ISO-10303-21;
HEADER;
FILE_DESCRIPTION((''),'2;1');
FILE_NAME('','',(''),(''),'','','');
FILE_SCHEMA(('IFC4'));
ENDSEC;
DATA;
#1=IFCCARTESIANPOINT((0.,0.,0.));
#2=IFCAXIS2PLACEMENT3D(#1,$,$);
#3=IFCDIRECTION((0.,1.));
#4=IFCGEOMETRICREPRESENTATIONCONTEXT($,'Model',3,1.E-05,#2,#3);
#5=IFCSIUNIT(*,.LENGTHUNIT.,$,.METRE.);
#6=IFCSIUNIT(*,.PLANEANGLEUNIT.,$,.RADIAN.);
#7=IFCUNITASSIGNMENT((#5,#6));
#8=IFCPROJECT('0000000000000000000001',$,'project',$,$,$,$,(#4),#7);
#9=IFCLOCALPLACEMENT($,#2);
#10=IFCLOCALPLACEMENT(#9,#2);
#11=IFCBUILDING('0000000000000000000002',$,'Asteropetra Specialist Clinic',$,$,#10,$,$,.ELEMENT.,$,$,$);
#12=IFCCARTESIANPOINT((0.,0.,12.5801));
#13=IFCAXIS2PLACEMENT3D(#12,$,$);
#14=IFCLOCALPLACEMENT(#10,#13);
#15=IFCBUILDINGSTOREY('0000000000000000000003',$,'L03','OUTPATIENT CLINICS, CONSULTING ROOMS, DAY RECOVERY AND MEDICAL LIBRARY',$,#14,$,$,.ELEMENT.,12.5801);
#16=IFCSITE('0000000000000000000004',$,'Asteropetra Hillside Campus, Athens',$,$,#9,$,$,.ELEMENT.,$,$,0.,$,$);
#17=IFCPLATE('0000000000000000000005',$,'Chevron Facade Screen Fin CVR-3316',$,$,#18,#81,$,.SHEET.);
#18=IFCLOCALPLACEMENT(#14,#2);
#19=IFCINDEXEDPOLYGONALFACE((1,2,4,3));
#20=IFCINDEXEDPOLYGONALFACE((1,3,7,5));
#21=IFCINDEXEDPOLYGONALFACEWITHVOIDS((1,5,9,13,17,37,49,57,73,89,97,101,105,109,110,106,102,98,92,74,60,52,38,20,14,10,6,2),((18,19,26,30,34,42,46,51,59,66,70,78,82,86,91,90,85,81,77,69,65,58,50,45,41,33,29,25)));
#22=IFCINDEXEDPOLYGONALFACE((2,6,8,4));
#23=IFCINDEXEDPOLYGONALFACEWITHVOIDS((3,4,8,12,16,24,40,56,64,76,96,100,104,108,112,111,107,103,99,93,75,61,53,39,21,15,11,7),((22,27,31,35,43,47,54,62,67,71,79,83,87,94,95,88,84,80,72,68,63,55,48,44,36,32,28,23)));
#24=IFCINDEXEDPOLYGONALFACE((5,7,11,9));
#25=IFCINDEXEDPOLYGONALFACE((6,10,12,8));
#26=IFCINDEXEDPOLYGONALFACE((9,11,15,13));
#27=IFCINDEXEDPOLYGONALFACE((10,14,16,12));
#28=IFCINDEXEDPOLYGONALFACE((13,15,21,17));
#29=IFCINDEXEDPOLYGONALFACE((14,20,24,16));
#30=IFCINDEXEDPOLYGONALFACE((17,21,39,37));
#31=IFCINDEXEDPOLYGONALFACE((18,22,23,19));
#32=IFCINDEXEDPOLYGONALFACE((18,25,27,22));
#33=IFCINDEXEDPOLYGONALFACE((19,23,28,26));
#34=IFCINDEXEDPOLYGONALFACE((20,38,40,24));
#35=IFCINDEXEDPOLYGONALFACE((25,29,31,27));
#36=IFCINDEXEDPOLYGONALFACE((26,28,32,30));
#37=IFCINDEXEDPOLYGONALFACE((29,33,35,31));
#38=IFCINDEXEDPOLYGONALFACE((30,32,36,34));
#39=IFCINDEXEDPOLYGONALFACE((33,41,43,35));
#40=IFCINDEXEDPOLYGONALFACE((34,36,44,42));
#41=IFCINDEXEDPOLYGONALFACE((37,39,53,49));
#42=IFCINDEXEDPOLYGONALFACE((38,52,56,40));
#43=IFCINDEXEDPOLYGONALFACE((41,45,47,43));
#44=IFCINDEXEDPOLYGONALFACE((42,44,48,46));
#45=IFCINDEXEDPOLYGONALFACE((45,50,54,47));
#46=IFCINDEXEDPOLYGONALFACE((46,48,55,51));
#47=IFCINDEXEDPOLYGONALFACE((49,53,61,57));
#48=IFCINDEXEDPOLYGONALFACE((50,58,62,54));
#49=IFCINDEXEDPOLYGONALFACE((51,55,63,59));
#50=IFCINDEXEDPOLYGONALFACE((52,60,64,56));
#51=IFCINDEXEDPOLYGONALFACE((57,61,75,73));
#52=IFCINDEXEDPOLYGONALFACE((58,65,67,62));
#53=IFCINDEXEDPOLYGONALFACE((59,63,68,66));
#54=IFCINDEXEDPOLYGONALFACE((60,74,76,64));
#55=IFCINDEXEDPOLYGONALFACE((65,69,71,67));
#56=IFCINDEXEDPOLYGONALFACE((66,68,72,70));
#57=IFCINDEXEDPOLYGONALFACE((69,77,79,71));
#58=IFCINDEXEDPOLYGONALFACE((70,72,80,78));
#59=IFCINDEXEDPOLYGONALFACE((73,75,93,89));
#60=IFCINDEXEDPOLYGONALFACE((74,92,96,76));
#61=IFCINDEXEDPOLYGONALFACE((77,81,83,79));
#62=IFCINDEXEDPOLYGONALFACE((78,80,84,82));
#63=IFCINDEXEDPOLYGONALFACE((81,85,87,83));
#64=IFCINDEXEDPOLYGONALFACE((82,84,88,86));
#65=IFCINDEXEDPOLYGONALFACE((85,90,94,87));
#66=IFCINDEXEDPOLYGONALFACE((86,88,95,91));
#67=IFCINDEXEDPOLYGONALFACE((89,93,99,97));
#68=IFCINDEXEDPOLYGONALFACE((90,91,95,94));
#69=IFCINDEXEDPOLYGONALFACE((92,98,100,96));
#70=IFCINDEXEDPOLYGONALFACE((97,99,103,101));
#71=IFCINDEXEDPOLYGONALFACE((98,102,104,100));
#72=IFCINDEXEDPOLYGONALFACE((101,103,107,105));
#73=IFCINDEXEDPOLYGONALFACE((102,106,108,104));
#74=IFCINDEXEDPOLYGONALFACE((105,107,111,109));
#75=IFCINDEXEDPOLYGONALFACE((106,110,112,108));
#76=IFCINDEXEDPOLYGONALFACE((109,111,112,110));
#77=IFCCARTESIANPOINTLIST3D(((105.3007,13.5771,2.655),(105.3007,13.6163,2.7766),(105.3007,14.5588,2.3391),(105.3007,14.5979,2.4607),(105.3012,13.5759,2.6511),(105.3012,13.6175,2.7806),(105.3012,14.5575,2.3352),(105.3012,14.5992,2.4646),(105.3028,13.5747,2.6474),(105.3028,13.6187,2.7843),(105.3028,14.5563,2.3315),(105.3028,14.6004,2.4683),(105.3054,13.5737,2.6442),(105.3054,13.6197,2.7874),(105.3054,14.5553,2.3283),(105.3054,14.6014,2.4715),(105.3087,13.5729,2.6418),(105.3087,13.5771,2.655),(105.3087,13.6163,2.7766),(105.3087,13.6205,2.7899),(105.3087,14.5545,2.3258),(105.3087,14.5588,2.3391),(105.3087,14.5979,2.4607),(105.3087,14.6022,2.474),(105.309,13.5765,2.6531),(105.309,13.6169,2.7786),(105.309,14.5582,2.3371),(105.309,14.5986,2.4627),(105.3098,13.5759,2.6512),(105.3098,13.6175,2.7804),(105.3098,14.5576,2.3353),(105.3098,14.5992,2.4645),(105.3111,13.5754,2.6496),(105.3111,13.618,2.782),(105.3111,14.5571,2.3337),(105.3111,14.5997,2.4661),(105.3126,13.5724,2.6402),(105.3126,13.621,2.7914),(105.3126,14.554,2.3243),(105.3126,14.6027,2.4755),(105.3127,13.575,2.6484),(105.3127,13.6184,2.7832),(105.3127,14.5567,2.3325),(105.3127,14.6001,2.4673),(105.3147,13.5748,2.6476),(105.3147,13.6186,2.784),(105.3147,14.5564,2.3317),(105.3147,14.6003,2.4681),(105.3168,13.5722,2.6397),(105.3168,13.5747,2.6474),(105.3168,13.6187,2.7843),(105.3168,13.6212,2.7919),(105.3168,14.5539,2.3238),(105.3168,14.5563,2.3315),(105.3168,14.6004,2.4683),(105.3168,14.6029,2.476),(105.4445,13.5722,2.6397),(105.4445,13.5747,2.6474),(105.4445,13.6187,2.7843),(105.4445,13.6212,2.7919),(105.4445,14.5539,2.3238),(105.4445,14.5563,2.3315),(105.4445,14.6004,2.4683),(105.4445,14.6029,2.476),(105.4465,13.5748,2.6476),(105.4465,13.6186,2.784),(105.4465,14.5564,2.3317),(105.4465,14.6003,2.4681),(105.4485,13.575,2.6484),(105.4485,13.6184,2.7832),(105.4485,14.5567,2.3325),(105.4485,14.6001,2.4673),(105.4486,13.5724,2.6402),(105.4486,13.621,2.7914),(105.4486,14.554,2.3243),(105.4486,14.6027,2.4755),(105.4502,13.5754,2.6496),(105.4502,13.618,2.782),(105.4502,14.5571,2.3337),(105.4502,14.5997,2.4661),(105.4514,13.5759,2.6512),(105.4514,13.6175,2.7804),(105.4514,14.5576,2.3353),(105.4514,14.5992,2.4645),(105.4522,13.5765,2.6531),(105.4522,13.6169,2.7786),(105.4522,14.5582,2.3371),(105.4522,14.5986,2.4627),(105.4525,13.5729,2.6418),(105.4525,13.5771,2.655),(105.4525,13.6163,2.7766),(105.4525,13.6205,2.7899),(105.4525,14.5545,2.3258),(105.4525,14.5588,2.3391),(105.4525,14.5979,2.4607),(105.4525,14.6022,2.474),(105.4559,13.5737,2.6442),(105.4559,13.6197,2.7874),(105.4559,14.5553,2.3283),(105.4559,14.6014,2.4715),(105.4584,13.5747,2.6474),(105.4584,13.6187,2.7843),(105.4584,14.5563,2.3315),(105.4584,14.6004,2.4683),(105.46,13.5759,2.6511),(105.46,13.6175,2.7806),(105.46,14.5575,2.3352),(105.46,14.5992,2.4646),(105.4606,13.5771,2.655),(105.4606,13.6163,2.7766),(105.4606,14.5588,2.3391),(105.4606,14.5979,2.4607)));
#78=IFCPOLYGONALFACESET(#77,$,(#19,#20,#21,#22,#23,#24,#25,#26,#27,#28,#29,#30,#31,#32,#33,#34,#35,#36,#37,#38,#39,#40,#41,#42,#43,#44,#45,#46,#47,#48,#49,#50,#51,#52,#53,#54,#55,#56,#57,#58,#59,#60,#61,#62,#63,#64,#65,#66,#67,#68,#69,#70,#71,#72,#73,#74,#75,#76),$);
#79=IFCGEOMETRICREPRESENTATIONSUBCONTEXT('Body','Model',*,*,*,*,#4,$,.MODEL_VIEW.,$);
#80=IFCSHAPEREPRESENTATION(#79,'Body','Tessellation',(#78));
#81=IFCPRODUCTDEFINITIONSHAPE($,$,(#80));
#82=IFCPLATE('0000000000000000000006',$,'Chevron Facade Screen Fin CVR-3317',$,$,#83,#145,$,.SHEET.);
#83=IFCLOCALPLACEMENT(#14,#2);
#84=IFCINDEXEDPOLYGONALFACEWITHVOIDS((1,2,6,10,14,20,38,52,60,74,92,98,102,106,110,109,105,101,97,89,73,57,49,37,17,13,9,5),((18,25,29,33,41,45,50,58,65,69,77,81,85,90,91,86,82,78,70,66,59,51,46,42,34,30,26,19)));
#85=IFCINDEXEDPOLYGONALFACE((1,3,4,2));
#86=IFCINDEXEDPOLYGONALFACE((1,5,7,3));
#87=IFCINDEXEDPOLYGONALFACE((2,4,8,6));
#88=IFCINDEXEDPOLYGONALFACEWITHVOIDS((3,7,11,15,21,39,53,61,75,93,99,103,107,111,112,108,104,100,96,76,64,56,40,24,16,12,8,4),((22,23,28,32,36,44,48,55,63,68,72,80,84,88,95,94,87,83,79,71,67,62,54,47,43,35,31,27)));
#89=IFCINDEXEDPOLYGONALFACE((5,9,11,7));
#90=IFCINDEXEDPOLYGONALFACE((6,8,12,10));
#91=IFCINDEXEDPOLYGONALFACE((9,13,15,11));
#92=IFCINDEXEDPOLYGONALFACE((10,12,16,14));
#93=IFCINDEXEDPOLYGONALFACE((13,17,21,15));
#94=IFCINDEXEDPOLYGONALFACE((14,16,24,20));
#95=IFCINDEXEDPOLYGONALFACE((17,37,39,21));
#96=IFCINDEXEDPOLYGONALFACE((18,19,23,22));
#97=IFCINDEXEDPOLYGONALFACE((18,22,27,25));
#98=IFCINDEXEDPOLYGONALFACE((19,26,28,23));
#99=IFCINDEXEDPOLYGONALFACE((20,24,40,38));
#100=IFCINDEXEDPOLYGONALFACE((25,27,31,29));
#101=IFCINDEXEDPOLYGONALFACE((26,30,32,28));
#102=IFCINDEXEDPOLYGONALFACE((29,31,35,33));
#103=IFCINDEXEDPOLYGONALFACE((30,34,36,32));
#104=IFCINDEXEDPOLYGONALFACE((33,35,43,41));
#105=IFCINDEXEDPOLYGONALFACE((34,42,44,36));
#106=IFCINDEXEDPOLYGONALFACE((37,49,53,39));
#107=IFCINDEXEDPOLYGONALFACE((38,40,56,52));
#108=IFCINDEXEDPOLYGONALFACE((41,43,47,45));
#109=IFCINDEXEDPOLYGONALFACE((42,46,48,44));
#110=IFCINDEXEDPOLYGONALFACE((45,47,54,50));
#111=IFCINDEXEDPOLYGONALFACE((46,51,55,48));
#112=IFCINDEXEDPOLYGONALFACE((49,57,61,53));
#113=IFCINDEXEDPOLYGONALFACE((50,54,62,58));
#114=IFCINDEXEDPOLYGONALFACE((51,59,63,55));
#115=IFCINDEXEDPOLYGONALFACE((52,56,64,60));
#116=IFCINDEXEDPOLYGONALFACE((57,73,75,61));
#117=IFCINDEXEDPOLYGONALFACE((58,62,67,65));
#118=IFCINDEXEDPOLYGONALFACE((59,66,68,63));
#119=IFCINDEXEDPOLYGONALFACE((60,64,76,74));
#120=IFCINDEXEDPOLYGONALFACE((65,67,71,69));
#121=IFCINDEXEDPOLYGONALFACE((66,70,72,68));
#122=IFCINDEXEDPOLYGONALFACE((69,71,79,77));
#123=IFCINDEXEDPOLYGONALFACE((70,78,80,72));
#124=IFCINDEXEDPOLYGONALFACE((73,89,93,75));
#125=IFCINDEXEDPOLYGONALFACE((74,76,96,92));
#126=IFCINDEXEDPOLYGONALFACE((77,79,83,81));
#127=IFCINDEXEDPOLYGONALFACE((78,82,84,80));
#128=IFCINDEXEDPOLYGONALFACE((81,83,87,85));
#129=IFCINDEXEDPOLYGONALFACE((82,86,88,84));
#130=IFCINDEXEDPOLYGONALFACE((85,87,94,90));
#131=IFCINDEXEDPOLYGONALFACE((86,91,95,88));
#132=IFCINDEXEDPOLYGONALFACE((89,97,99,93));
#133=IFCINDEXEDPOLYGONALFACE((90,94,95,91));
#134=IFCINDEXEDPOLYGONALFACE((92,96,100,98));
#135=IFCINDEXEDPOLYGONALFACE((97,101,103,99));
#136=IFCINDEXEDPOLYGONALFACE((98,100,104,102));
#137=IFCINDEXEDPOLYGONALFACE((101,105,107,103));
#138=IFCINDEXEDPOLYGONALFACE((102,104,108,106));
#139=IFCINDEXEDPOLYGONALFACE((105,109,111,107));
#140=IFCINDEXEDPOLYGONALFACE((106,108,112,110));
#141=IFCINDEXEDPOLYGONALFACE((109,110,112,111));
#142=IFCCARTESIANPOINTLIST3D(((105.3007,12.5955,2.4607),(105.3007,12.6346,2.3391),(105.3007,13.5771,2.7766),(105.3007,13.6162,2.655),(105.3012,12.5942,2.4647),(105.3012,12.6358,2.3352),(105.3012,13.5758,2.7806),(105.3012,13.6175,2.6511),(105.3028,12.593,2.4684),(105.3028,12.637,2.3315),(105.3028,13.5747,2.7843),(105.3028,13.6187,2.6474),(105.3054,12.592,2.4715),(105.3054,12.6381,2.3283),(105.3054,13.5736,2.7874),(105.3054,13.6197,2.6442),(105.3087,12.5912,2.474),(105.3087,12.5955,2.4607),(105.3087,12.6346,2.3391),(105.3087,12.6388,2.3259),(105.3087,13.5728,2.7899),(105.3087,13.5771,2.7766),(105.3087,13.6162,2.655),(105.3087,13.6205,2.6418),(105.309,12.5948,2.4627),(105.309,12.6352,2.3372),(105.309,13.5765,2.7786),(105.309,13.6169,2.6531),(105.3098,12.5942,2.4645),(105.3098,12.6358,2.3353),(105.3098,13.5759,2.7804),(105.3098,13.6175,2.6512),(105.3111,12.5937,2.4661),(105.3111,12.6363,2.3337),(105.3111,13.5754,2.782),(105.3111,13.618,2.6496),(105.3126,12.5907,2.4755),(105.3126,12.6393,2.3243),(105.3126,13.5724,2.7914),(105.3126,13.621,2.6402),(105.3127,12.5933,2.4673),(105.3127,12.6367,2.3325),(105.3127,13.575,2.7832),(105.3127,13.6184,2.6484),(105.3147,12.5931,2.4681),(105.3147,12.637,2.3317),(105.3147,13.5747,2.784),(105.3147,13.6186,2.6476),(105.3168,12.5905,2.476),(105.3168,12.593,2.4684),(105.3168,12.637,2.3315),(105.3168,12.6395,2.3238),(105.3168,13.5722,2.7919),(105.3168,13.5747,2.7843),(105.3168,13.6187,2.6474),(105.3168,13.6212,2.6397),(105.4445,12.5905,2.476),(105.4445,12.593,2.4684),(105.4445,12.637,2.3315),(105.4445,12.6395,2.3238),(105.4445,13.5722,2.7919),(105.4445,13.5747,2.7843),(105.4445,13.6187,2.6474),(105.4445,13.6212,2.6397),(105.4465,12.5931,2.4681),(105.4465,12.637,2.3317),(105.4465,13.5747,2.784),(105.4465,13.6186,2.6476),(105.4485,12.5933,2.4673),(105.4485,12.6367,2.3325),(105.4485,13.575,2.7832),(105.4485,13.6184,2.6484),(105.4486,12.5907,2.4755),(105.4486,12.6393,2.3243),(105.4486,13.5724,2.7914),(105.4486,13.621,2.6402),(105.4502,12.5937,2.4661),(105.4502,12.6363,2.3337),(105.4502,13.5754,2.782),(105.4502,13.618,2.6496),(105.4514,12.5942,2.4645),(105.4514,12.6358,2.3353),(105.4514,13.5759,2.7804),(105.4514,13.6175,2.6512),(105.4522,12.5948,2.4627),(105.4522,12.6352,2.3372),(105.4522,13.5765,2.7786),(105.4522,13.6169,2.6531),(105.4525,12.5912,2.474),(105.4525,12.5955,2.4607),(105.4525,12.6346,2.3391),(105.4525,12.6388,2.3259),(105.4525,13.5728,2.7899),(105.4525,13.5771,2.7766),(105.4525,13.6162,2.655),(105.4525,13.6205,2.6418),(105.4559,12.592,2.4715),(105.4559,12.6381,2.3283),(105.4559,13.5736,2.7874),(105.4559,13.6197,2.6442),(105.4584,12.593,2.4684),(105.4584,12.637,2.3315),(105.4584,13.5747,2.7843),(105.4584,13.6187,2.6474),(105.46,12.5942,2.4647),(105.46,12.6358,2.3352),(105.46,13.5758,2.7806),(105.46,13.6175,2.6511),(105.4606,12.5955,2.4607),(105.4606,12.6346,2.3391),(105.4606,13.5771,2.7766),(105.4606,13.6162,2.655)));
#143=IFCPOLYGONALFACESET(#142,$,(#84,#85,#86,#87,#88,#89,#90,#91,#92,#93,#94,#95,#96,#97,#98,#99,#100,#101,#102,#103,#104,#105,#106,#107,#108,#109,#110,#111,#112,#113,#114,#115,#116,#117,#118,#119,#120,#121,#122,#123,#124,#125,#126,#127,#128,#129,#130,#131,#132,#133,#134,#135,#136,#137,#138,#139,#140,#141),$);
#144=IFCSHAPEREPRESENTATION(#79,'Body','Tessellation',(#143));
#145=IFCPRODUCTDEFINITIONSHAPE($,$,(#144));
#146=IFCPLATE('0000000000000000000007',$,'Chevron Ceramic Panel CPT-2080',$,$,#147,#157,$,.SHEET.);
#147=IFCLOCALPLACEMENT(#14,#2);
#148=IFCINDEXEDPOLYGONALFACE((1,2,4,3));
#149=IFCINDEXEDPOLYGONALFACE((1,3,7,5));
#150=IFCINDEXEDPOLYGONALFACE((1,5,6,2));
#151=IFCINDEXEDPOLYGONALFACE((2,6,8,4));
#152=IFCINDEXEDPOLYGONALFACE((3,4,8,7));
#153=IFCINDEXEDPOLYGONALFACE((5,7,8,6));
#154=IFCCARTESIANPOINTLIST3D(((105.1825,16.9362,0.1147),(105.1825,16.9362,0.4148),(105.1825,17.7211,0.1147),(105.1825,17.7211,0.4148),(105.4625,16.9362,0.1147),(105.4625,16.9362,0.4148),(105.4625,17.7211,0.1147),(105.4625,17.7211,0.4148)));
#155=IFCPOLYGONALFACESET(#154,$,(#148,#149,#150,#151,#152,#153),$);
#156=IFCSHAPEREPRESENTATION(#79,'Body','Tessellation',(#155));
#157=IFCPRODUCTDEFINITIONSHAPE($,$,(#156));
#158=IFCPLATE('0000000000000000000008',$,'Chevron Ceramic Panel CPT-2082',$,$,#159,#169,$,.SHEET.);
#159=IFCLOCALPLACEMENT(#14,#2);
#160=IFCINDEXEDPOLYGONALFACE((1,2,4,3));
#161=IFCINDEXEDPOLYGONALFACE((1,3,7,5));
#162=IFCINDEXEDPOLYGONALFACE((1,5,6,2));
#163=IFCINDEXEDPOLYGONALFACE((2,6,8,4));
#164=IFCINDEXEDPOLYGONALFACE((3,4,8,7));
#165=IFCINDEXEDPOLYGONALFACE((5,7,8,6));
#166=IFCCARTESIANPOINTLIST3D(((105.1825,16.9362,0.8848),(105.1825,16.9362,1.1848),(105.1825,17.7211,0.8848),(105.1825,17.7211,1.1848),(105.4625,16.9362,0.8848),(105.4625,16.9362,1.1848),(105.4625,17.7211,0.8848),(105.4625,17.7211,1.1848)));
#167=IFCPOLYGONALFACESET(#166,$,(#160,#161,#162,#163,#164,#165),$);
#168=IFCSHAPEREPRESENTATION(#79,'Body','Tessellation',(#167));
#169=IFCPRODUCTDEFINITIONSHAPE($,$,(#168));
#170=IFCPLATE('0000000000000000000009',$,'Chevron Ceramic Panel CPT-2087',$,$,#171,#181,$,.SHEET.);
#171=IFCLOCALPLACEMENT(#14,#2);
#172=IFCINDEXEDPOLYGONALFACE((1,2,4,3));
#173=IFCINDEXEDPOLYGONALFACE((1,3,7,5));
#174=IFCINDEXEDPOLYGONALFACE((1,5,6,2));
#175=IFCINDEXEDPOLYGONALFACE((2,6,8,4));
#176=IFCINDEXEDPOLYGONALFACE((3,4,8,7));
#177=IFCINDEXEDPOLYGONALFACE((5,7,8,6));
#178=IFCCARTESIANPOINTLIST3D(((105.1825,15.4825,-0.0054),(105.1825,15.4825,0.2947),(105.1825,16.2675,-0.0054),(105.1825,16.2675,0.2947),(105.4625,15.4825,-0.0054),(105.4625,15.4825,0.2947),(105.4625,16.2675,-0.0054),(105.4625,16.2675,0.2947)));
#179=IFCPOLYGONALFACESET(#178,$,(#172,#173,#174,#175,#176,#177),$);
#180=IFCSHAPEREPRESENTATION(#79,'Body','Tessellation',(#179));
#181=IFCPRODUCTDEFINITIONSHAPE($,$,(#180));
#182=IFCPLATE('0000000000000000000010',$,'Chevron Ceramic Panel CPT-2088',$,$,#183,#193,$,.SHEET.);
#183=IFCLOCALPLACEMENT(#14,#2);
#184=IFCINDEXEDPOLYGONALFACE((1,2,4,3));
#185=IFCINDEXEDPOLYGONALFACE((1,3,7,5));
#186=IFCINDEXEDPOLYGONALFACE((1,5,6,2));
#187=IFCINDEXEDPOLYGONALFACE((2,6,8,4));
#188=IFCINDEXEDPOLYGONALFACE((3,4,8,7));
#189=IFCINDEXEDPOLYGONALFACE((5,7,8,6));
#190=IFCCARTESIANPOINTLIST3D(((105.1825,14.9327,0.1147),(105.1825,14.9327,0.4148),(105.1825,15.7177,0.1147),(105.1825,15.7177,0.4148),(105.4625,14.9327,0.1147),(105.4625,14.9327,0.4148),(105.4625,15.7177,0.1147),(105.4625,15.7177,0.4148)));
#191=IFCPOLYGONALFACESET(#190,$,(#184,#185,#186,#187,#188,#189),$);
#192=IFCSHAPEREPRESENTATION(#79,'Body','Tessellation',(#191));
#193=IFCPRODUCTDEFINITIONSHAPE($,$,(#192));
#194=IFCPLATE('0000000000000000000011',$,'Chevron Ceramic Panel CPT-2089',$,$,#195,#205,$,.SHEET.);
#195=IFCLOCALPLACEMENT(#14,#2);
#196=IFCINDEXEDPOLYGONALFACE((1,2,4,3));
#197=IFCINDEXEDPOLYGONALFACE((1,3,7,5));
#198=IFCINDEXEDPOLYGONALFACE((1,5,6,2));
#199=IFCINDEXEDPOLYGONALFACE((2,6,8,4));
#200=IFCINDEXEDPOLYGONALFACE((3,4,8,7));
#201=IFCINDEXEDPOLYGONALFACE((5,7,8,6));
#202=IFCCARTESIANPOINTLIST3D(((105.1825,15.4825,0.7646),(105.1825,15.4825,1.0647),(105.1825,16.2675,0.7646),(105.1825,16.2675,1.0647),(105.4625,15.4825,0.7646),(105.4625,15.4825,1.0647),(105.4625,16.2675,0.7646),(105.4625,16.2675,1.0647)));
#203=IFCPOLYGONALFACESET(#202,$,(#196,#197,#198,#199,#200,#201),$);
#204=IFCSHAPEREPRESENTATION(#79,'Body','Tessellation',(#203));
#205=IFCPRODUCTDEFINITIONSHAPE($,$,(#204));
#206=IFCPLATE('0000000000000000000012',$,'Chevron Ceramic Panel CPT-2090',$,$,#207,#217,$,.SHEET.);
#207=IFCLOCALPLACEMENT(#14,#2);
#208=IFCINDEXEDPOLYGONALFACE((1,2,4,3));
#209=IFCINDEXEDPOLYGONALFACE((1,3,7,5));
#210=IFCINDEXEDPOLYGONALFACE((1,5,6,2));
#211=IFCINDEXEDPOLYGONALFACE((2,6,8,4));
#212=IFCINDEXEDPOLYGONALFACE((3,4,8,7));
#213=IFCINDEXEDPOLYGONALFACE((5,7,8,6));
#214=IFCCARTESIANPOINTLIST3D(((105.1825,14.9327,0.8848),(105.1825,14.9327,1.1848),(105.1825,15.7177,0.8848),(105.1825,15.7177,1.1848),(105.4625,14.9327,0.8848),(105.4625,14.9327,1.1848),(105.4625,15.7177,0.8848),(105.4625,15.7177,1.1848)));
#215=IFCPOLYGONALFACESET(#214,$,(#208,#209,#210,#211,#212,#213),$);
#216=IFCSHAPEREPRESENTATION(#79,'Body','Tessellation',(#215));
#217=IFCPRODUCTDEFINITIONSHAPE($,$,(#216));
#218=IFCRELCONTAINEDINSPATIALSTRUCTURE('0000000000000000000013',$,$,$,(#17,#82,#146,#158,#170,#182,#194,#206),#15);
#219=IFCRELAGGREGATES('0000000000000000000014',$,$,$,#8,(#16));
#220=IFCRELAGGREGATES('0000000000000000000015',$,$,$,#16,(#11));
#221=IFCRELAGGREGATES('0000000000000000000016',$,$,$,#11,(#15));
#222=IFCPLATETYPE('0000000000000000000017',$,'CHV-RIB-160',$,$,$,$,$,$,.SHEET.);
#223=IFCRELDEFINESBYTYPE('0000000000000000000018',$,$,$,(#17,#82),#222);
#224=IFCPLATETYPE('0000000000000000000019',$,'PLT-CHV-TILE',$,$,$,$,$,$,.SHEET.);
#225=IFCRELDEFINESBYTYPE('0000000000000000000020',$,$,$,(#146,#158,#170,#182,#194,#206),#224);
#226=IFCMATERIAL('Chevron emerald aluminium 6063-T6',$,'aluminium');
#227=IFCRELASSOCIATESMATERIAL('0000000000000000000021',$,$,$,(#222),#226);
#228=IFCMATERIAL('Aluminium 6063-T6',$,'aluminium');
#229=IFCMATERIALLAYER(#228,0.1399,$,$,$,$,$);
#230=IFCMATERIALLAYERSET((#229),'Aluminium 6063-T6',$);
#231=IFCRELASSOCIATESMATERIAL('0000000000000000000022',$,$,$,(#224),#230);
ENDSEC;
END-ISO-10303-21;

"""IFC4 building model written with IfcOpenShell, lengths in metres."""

from ifc_helpers import new_model, si_unit, direction, frame, origin, origin_2d, place, context, subcontext, project, spatial, rectangle, hollow_rectangle, extrude, material, layer, layer_set, material_profile, profile_set, type_object, element, save


model = new_model("IFC4")

# Units and contexts
model_context = context("Model", 3, precision=1e-05, world=origin(), true_north=direction((0.0, 1.0)))
body_context = subcontext(model_context, "Body", "Model", "MODEL_VIEW")
ifc_project = project(units=[si_unit("LENGTHUNIT", "METRE"), si_unit("PLANEANGLEUNIT", "RADIAN")], contexts=[model_context])

# Site, building, storey
site_placement = place(None, origin())
site = spatial("IfcSite", under=ifc_project, at=site_placement, Name="Asteropetra Hillside Campus, Athens", CompositionType="ELEMENT", RefElevation=0.0)
building_placement = place(site_placement, origin())
building = spatial("IfcBuilding", under=site, at=building_placement, Name="Asteropetra Specialist Clinic", CompositionType="ELEMENT")
storey_placement = place(building_placement, frame((0.0, 0.0, 12.5801)))
storey = spatial("IfcBuildingStorey", under=building, at=storey_placement, Name="L03", Description="OUTPATIENT CLINICS, CONSULTING ROOMS, DAY RECOVERY AND MEDICAL LIBRARY", CompositionType="ELEMENT", Elevation=12.5801)

# Plates
ifc_material_1 = material(Name="Chevron emerald aluminium 6063-T6", Category="aluminium")
ifc_material_profile = material_profile(ifc_material_1, hollow_rectangle(XDim=0.1599, YDim=0.1599, WallThickness=0.0081, InnerFilletRadius=0.0081, OuterFilletRadius=0.0161, at=origin_2d()), Name="SHS 160x160x8.0")
ifc_profile_set = profile_set([ifc_material_profile], Name="Chevron emerald aluminium 6063-T6")
plate_type_1 = type_object("IfcPlateType", Name="CHV-RIB-160", PredefinedType="SHEET", material=ifc_profile_set)
for number, where, z_axis, x_axis, name in (
    (1, (105.3806, 14.5784, 2.3999), (0.0, -0.951923, 0.306339), (1.0, 0.0, 0.0), "Chevron Facade Screen Fin CVR-3316"),
    (2, (105.3806, 13.5967, 2.7158), (0.0, -0.951923, -0.306339), (1.0, 0.0, 0.0), "Chevron Facade Screen Fin CVR-3317"),
):
    element("IfcPlate", number, at=place(storey_placement, frame(where, z_axis=z_axis, x_axis=x_axis)), inside=storey, type_object=plate_type_1, Name=name, PredefinedType="SHEET", context=body_context, shape_type="SweptSolid", body=[
        extrude(hollow_rectangle(XDim=0.1599, YDim=0.1599, WallThickness=0.0081, InnerFilletRadius=0.0081, OuterFilletRadius=0.0161, at=origin_2d()), origin(), (0.0, 0.0, 1.0), 1.0312),
    ])
ifc_material_2 = material(Name="Aluminium 6063-T6", Category="aluminium")
ifc_layer = layer(ifc_material_2, 0.1399)
ifc_layer_set = layer_set([ifc_layer], Name="Aluminium 6063-T6")
plate_type_2 = type_object("IfcPlateType", Name="PLT-CHV-TILE", PredefinedType="SHEET", material=ifc_layer_set)
for number, where, z_axis, x_axis, name in (
    (3, (105.3225, 17.3286, 0.1147), (0.0, 0.0, 1.0), (1.0, 0.0, 0.0), "Chevron Ceramic Panel CPT-2080"),
    (4, (105.3225, 17.3286, 0.8848), (0.0, 0.0, 1.0), (1.0, 0.0, 0.0), "Chevron Ceramic Panel CPT-2082"),
    (5, (105.3225, 15.875, -0.0054), (0.0, 0.0, 1.0), (1.0, 0.0, 0.0), "Chevron Ceramic Panel CPT-2087"),
    (6, (105.3225, 15.3252, 0.1147), (0.0, 0.0, 1.0), (1.0, 0.0, 0.0), "Chevron Ceramic Panel CPT-2088"),
    (7, (105.3225, 15.875, 0.7646), (0.0, 0.0, 1.0), (1.0, 0.0, 0.0), "Chevron Ceramic Panel CPT-2089"),
    (8, (105.3225, 15.3252, 0.8848), (0.0, 0.0, 1.0), (1.0, 0.0, 0.0), "Chevron Ceramic Panel CPT-2090"),
):
    element("IfcPlate", number, at=place(storey_placement, frame(where, z_axis=z_axis, x_axis=x_axis)), inside=storey, type_object=plate_type_2, Name=name, PredefinedType="SHEET", context=body_context, shape_type="SweptSolid", body=[
        extrude(rectangle(XDim=0.28, YDim=0.7849, at=origin_2d()), origin(), (0.0, 0.0, 1.0), 0.3),
    ])

save(model, "model.ifc")
